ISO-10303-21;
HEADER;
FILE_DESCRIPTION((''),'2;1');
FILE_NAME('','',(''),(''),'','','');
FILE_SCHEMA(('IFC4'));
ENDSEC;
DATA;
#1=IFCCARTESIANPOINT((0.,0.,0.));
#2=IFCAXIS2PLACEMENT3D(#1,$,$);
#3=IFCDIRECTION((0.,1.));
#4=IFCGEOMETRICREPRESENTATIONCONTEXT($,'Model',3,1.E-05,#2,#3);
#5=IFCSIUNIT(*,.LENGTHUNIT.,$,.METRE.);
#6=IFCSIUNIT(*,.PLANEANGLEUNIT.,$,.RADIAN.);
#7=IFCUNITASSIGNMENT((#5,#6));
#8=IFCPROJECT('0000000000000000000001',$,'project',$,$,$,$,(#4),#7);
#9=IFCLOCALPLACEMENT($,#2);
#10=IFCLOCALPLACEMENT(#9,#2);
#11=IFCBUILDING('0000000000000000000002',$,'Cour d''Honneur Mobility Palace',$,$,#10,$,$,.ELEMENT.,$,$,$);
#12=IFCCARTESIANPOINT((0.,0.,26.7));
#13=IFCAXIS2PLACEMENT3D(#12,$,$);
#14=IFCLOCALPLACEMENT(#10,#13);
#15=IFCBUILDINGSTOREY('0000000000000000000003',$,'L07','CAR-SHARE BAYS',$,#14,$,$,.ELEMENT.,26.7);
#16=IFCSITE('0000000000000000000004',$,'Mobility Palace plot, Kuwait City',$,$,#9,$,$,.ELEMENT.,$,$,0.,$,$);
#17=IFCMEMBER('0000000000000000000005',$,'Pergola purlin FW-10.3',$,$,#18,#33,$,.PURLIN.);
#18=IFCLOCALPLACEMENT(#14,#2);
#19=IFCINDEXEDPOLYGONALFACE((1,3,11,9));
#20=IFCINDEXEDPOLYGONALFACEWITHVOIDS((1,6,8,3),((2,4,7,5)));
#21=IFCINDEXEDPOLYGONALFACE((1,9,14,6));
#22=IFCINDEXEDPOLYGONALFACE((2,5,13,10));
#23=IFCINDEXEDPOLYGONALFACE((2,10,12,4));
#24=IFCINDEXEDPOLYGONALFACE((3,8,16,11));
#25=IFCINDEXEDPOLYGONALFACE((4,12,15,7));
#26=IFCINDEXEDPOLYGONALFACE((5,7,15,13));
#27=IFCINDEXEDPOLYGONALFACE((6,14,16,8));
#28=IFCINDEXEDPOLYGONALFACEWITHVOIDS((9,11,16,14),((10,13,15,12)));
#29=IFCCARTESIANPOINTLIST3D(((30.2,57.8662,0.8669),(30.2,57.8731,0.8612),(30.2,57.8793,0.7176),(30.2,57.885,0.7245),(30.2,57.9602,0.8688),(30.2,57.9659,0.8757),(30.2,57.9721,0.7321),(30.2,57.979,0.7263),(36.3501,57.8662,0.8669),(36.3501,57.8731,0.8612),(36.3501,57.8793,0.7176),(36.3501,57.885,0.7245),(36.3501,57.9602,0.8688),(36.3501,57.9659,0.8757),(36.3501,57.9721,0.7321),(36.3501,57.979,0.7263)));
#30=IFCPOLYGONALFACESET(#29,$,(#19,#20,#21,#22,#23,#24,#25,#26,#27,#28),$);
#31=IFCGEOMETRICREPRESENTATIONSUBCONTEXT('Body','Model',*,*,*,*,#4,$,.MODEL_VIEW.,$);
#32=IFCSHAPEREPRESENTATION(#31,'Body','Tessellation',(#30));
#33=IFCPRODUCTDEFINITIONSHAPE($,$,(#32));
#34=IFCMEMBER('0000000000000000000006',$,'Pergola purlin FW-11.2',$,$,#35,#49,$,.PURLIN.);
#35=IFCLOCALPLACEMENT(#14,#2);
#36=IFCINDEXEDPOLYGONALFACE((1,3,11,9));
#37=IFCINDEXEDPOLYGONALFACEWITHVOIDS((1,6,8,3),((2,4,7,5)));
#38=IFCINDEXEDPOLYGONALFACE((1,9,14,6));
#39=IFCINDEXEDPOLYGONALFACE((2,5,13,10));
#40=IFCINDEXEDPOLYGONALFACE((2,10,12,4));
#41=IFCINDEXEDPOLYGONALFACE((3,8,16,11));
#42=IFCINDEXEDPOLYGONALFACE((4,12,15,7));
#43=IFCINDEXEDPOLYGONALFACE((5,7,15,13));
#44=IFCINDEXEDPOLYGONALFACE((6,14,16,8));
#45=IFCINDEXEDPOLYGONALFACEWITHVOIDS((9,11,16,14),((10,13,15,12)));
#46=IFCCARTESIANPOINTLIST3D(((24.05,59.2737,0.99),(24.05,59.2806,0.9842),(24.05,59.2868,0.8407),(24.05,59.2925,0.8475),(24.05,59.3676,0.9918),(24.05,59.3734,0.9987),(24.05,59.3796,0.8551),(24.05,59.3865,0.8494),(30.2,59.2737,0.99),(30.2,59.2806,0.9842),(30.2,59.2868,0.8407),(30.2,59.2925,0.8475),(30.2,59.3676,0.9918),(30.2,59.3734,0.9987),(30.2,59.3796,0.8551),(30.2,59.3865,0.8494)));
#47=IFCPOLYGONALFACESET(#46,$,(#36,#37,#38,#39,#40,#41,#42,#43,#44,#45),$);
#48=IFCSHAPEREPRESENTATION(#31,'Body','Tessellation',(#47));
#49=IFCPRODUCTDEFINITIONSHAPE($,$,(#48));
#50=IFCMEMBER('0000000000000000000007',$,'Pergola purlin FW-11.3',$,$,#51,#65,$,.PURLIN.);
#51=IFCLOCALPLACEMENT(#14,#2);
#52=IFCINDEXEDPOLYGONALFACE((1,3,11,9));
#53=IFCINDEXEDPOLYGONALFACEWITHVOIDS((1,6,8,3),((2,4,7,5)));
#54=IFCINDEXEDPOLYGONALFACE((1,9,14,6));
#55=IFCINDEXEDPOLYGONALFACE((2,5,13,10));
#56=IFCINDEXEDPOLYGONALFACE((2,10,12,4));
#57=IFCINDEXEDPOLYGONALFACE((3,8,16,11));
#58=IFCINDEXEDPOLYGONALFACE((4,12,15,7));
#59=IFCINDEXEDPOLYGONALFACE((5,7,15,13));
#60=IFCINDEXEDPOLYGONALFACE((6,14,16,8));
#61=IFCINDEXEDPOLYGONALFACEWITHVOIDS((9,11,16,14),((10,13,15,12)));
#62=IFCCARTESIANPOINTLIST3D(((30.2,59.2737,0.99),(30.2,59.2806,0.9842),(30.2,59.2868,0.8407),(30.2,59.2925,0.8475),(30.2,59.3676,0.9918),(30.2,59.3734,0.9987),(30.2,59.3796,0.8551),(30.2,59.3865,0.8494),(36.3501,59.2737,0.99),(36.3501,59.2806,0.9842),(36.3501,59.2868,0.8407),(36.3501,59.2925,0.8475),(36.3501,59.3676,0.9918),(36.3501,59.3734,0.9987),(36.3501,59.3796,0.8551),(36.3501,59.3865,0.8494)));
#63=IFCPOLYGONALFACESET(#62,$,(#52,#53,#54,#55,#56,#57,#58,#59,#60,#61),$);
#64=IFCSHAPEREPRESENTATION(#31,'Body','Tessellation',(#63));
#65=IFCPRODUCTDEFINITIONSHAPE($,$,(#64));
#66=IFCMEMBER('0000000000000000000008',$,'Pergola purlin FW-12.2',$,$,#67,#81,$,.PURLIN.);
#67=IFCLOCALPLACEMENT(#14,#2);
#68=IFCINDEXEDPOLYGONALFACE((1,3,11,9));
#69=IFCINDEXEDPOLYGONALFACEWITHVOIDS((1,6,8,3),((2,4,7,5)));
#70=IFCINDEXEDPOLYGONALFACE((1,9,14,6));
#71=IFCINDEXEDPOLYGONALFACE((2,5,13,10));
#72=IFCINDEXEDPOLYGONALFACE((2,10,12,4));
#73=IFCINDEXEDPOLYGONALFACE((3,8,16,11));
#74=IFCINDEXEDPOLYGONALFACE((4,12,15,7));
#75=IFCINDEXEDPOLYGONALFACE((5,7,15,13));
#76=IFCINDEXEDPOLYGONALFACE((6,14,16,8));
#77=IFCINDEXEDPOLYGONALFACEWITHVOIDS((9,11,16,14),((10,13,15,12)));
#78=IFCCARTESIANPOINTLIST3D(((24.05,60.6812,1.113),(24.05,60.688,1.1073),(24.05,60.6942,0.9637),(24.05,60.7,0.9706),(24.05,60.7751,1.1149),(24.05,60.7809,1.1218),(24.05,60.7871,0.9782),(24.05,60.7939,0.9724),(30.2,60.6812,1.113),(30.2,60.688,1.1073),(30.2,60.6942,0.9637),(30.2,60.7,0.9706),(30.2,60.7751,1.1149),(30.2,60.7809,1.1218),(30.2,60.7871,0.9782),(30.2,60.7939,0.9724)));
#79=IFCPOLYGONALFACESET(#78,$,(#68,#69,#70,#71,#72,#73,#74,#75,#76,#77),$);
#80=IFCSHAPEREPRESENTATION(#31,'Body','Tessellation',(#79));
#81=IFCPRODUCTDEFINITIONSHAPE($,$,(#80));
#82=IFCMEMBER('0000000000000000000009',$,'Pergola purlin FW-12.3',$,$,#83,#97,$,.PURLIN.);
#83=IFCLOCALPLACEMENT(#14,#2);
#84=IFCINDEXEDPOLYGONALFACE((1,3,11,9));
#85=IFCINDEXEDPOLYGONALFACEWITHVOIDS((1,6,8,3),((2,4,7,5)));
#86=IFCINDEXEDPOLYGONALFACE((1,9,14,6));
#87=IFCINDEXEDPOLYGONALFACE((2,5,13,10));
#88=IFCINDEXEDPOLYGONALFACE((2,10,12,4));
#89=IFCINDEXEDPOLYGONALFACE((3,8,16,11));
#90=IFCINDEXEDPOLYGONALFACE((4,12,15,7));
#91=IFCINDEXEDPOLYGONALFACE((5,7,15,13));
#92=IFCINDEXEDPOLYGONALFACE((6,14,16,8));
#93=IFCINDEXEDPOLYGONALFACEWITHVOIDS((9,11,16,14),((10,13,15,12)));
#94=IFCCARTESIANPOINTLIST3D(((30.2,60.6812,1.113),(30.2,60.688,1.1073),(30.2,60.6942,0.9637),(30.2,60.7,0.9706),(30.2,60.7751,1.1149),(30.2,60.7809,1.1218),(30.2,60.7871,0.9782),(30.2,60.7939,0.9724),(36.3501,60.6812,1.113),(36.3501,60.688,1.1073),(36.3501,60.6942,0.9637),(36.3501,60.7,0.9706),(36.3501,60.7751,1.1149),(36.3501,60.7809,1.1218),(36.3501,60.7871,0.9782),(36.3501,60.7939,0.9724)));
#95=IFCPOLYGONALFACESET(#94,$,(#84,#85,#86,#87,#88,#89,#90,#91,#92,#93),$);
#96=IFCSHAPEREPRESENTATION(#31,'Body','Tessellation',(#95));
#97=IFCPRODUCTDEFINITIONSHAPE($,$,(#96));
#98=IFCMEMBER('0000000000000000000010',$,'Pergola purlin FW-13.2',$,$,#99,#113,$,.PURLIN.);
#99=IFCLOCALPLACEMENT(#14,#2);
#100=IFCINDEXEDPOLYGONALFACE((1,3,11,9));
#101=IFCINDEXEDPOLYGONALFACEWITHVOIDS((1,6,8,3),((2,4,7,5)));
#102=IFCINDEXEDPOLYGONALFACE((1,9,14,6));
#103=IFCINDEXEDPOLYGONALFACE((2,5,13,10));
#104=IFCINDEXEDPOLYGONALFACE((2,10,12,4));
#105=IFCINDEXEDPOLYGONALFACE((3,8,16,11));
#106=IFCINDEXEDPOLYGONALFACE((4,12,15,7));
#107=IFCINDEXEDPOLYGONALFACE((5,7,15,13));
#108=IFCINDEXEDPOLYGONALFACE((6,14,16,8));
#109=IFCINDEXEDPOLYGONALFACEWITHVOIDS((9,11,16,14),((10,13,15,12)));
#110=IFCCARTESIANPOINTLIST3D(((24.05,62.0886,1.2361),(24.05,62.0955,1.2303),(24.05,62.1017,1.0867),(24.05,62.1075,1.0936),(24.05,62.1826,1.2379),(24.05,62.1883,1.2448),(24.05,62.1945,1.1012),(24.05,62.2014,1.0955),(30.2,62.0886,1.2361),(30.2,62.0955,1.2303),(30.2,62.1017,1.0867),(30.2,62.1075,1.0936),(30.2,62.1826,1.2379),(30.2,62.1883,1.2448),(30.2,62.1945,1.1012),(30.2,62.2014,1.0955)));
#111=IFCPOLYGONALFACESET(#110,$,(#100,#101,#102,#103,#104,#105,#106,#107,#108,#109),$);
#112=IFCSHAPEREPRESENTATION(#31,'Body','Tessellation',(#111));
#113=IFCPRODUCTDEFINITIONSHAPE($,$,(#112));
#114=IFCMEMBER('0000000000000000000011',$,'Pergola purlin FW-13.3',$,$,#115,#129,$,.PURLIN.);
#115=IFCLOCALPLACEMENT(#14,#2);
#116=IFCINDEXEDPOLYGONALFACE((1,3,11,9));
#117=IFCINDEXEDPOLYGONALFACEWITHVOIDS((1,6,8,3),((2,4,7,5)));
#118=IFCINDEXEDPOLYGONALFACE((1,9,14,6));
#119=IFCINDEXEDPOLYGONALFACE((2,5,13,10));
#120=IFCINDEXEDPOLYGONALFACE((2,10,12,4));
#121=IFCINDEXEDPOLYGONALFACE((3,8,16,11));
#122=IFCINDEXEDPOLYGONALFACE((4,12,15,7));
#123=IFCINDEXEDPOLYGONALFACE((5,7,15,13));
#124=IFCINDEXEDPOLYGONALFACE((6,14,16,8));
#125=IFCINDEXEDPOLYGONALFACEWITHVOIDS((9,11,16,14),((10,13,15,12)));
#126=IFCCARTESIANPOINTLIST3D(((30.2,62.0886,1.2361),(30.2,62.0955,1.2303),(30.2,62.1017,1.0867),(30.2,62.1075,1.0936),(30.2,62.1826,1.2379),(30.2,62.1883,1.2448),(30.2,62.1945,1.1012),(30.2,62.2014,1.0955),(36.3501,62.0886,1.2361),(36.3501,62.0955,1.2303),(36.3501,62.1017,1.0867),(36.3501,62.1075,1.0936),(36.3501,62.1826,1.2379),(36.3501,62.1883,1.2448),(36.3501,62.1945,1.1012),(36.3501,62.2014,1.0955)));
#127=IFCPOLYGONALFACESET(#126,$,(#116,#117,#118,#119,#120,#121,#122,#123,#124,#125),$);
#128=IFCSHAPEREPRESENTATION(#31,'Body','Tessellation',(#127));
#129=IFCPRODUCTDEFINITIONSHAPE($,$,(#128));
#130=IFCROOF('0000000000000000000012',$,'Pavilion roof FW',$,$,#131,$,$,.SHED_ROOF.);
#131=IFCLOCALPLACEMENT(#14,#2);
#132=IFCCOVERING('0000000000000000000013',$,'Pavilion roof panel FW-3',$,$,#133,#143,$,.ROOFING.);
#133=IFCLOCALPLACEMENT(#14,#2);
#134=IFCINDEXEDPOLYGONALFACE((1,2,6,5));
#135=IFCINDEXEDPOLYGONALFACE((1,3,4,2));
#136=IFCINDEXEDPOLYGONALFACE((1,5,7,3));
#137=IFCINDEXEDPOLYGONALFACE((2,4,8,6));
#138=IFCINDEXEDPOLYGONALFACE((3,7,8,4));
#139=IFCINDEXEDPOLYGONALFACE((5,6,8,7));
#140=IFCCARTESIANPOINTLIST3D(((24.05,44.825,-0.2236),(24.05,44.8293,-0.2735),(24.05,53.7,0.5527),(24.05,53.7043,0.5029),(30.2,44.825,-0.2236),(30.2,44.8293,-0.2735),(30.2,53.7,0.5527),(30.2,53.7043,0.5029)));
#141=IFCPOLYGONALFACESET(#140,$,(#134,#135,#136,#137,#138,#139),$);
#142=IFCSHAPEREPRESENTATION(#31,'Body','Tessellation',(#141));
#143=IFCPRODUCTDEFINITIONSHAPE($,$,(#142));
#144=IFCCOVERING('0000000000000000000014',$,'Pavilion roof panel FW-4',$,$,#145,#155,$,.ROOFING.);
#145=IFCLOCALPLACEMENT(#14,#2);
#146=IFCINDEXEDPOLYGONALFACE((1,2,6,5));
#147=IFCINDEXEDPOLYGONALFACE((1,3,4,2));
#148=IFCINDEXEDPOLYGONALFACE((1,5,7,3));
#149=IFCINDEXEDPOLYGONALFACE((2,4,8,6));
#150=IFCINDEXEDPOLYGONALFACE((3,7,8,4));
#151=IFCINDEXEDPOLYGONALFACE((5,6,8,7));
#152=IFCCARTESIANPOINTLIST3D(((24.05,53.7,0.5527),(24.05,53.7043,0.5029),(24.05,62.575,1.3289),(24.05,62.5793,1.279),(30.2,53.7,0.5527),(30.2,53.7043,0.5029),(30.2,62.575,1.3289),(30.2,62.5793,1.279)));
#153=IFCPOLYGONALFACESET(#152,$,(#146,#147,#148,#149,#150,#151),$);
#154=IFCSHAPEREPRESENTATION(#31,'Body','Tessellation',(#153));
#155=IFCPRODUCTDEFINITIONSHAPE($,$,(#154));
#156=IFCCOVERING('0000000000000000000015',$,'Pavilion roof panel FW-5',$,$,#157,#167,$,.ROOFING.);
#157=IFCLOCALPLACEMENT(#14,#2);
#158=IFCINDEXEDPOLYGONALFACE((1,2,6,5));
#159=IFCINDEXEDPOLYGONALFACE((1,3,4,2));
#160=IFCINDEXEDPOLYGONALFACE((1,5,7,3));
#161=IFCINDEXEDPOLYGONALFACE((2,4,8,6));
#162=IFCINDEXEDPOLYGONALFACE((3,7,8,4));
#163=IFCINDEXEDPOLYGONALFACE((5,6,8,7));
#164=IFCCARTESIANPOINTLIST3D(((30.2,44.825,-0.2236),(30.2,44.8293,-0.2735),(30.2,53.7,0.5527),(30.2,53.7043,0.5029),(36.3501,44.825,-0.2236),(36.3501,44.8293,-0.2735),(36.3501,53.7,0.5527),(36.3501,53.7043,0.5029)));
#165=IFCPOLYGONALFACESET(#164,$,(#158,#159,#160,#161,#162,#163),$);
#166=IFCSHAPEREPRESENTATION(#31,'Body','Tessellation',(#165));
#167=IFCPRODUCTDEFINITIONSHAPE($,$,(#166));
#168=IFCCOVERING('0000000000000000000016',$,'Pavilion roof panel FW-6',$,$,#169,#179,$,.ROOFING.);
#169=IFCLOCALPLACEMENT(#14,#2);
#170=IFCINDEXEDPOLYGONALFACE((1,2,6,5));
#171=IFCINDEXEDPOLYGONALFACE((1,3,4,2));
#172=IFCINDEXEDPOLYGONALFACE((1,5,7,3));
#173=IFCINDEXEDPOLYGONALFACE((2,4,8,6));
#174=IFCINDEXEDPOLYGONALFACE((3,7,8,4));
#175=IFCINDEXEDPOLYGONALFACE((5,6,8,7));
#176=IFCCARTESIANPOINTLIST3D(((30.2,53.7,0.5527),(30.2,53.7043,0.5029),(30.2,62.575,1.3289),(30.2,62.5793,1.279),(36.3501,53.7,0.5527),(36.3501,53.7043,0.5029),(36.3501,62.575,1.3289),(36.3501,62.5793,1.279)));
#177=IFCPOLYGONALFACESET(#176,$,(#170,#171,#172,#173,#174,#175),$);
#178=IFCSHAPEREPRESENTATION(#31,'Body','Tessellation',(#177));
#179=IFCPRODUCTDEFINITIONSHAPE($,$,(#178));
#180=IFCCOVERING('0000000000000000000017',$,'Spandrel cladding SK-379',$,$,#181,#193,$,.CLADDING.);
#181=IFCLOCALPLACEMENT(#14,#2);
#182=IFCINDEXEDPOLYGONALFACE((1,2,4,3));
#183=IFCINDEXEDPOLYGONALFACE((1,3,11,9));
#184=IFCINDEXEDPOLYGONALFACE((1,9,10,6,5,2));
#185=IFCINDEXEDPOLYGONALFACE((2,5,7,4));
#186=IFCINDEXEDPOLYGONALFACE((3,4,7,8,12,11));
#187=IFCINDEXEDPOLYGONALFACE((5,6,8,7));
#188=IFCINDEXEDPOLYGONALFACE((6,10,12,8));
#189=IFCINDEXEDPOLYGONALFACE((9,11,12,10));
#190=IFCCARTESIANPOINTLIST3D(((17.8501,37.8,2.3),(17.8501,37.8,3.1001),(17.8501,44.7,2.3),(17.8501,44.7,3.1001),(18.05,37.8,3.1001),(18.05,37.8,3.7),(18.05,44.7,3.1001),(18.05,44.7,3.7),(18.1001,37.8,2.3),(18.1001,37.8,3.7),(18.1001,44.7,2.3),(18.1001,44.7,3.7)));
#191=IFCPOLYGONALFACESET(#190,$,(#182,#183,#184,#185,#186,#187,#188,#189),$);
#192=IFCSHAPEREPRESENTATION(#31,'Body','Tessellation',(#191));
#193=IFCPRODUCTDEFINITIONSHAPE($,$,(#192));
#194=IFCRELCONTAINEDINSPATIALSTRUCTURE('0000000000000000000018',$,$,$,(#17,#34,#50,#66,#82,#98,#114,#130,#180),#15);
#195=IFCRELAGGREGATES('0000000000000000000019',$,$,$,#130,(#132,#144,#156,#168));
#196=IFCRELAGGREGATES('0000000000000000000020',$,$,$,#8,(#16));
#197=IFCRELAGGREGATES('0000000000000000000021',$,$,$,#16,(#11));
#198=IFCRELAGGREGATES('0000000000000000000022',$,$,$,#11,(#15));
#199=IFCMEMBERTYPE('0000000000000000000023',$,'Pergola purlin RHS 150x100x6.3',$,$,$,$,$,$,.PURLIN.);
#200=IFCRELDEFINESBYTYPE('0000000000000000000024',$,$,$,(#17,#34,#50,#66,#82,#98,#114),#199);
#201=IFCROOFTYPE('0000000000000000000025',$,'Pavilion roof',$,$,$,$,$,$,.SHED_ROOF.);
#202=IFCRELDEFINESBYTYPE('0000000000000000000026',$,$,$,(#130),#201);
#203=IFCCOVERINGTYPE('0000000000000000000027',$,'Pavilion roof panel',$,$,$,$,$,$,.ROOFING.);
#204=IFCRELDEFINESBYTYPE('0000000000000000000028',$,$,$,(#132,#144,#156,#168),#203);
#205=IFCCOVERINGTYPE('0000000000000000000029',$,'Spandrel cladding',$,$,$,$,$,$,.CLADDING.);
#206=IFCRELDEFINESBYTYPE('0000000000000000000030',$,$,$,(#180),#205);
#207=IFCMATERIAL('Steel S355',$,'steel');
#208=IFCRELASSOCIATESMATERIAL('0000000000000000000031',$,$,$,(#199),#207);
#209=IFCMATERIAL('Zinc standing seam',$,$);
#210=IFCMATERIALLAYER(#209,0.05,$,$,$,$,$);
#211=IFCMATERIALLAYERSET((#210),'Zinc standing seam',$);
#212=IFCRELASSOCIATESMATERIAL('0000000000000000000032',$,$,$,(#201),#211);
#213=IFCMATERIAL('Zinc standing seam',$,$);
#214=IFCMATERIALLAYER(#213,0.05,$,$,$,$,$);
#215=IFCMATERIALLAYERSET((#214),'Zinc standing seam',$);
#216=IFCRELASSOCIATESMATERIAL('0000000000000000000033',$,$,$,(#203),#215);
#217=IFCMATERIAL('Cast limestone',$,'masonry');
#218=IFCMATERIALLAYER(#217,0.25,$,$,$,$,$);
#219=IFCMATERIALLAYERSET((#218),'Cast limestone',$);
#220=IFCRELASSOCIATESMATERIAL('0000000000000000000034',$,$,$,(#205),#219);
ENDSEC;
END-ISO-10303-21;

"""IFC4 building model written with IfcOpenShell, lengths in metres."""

from ifc_helpers import new_model, si_unit, direction, frame, origin, origin_2d, place, context, subcontext, project, spatial, polyline, hollow_rectangle, outline, extrude, material, layer, layer_set, material_profile, profile_set, type_object, element, aggregate, save


model = new_model("IFC4")

# Units and contexts
model_context = context("Model", 3, precision=1e-05, world=origin(), true_north=direction((0.0, 1.0)))
body_context = subcontext(model_context, "Body", "Model", "MODEL_VIEW")
ifc_project = project(units=[si_unit("LENGTHUNIT", "METRE"), si_unit("PLANEANGLEUNIT", "RADIAN")], contexts=[model_context])

# Site, building, storey
site_placement = place(None, origin())
site = spatial("IfcSite", under=ifc_project, at=site_placement, Name="Mobility Palace plot, Kuwait City", CompositionType="ELEMENT", RefElevation=0.0)
building_placement = place(site_placement, origin())
building = spatial("IfcBuilding", under=site, at=building_placement, Name="Cour d'Honneur Mobility Palace", CompositionType="ELEMENT")
storey_placement = place(building_placement, frame((0.0, 0.0, 26.7)))
storey = spatial("IfcBuildingStorey", under=building, at=storey_placement, Name="L07", Description="CAR-SHARE BAYS", CompositionType="ELEMENT", Elevation=26.7)

# Members
ifc_material_1 = material(Name="Steel S355", Category="steel")
ifc_material_profile = material_profile(ifc_material_1, hollow_rectangle(XDim=0.1001, YDim=0.1499, WallThickness=0.0063, at=origin_2d()), Name="RHS 150x100x6.3")
ifc_profile_set = profile_set([ifc_material_profile], Name="Steel S355")
member_type = type_object("IfcMemberType", Name="Pergola purlin RHS 150x100x6.3", PredefinedType="PURLIN", material=ifc_profile_set)
member_1_placement = place(storey_placement, frame((30.2, 57.9226, 0.7966), z_axis=(1.0, 0.0, 0.0), x_axis=(0.0, 0.996197, 0.087131)))
element("IfcMember", 1, at=member_1_placement, inside=storey, type_object=member_type, Name="Pergola purlin FW-10.3", PredefinedType="PURLIN", context=body_context, shape_type="SweptSolid", body=[
    extrude(hollow_rectangle(XDim=0.1001, YDim=0.1499, WallThickness=0.0063, at=origin_2d()), origin(), (0.0, 0.0, 1.0), 6.1501),
])
member_2_placement = place(storey_placement, frame((24.05, 59.3301, 0.9197), z_axis=(1.0, 0.0, 0.0), x_axis=(0.0, 0.996197, 0.087131)))
element("IfcMember", 2, at=member_2_placement, inside=storey, type_object=member_type, Name="Pergola purlin FW-11.2", PredefinedType="PURLIN", context=body_context, shape_type="SweptSolid", body=[
    extrude(hollow_rectangle(XDim=0.1001, YDim=0.1499, WallThickness=0.0063, at=origin_2d()), origin(), (0.0, 0.0, 1.0), 6.1499),
])
member_3_placement = place(storey_placement, frame((30.2, 59.3301, 0.9197), z_axis=(1.0, 0.0, 0.0), x_axis=(0.0, 0.996197, 0.087131)))
element("IfcMember", 3, at=member_3_placement, inside=storey, type_object=member_type, Name="Pergola purlin FW-11.3", PredefinedType="PURLIN", context=body_context, shape_type="SweptSolid", body=[
    extrude(hollow_rectangle(XDim=0.1001, YDim=0.1499, WallThickness=0.0063, at=origin_2d()), origin(), (0.0, 0.0, 1.0), 6.1501),
])
member_4_placement = place(storey_placement, frame((24.05, 60.7375, 1.0427), z_axis=(1.0, 0.0, 0.0), x_axis=(0.0, 0.996197, 0.087131)))
element("IfcMember", 4, at=member_4_placement, inside=storey, type_object=member_type, Name="Pergola purlin FW-12.2", PredefinedType="PURLIN", context=body_context, shape_type="SweptSolid", body=[
    extrude(hollow_rectangle(XDim=0.1001, YDim=0.1499, WallThickness=0.0063, at=origin_2d()), origin(), (0.0, 0.0, 1.0), 6.1499),
])
member_5_placement = place(storey_placement, frame((30.2, 60.7375, 1.0427), z_axis=(1.0, 0.0, 0.0), x_axis=(0.0, 0.996197, 0.087131)))
element("IfcMember", 5, at=member_5_placement, inside=storey, type_object=member_type, Name="Pergola purlin FW-12.3", PredefinedType="PURLIN", context=body_context, shape_type="SweptSolid", body=[
    extrude(hollow_rectangle(XDim=0.1001, YDim=0.1499, WallThickness=0.0063, at=origin_2d()), origin(), (0.0, 0.0, 1.0), 6.1501),
])
member_6_placement = place(storey_placement, frame((24.05, 62.145, 1.1658), z_axis=(1.0, 0.0, 0.0), x_axis=(0.0, 0.996197, 0.087131)))
element("IfcMember", 6, at=member_6_placement, inside=storey, type_object=member_type, Name="Pergola purlin FW-13.2", PredefinedType="PURLIN", context=body_context, shape_type="SweptSolid", body=[
    extrude(hollow_rectangle(XDim=0.1001, YDim=0.1499, WallThickness=0.0063, at=origin_2d()), origin(), (0.0, 0.0, 1.0), 6.1499),
])
member_7_placement = place(storey_placement, frame((30.2, 62.145, 1.1658), z_axis=(1.0, 0.0, 0.0), x_axis=(0.0, 0.996197, 0.087131)))
element("IfcMember", 7, at=member_7_placement, inside=storey, type_object=member_type, Name="Pergola purlin FW-13.3", PredefinedType="PURLIN", context=body_context, shape_type="SweptSolid", body=[
    extrude(hollow_rectangle(XDim=0.1001, YDim=0.1499, WallThickness=0.0063, at=origin_2d()), origin(), (0.0, 0.0, 1.0), 6.1501),
])

# Roof, coverings
ifc_material_2 = material(Name="Zinc standing seam")
ifc_layer_1 = layer(ifc_material_2, 0.05)
ifc_layer_set_1 = layer_set([ifc_layer_1], Name="Zinc standing seam")
roof_type = type_object("IfcRoofType", Name="Pavilion roof", PredefinedType="SHED_ROOF", material=ifc_layer_set_1)
roof_placement = place(storey_placement, origin())
roof = element("IfcRoof", 8, at=roof_placement, inside=storey, type_object=roof_type, Name="Pavilion roof FW", PredefinedType="SHED_ROOF")
ifc_material_3 = material(Name="Zinc standing seam")
ifc_layer_2 = layer(ifc_material_3, 0.05)
ifc_layer_set_2 = layer_set([ifc_layer_2], Name="Zinc standing seam")
covering_type_1 = type_object("IfcCoveringType", Name="Pavilion roof panel", PredefinedType="ROOFING", material=ifc_layer_set_2)
covering_1_placement = place(storey_placement, frame((24.05, 44.825, -0.2236), z_axis=(0.0, -0.087145, 0.996196), x_axis=(1.0, 0.0, 0.0)))
covering_1 = element("IfcCovering", 9, at=covering_1_placement, type_object=covering_type_1, Name="Pavilion roof panel FW-3", PredefinedType="ROOFING", context=body_context, shape_type="SweptSolid", body=[
    extrude(outline(polyline([(0.0, 0.0), (6.1499, 0.0), (6.1499, 8.9089), (0.0, 8.9089), (0.0, 0.0)])), origin(), (0.0, 0.0, -1.0), 0.05),
])
covering_2_placement = place(storey_placement, frame((24.05, 53.7, 0.5527), z_axis=(0.0, -0.087118, 0.996198), x_axis=(1.0, 0.0, 0.0)))
covering_2 = element("IfcCovering", 10, at=covering_2_placement, type_object=covering_type_1, Name="Pavilion roof panel FW-4", PredefinedType="ROOFING", context=body_context, shape_type="SweptSolid", body=[
    extrude(outline(polyline([(0.0, 0.0), (6.1499, 0.0), (6.1499, 8.9089), (0.0, 8.9089), (0.0, 0.0)])), origin(), (0.0, 0.0, -1.0), 0.05),
])
covering_3_placement = place(storey_placement, frame((30.2, 44.825, -0.2236), z_axis=(0.0, -0.087145, 0.996196), x_axis=(1.0, 0.0, 0.0)))
covering_3 = element("IfcCovering", 11, at=covering_3_placement, type_object=covering_type_1, Name="Pavilion roof panel FW-5", PredefinedType="ROOFING", context=body_context, shape_type="SweptSolid", body=[
    extrude(outline(polyline([(0.0, 0.0), (6.1501, 0.0), (6.1501, 8.9089), (0.0, 8.9089), (0.0, 0.0)])), origin(), (0.0, 0.0, -1.0), 0.05),
])
covering_4_placement = place(storey_placement, frame((30.2, 53.7, 0.5527), z_axis=(0.0, -0.087118, 0.996198), x_axis=(1.0, 0.0, 0.0)))
covering_4 = element("IfcCovering", 12, at=covering_4_placement, type_object=covering_type_1, Name="Pavilion roof panel FW-6", PredefinedType="ROOFING", context=body_context, shape_type="SweptSolid", body=[
    extrude(outline(polyline([(0.0, 0.0), (6.1501, 0.0), (6.1501, 8.9089), (0.0, 8.9089), (0.0, 0.0)])), origin(), (0.0, 0.0, -1.0), 0.05),
])
aggregate(roof, [covering_1, covering_2, covering_3, covering_4])

# Covering
ifc_material_4 = material(Name="Cast limestone", Category="masonry")
ifc_layer_3 = layer(ifc_material_4, 0.25)
ifc_layer_set_3 = layer_set([ifc_layer_3], Name="Cast limestone")
covering_type_2 = type_object("IfcCoveringType", Name="Spandrel cladding", PredefinedType="CLADDING", material=ifc_layer_set_3)
covering_5_placement = place(storey_placement, frame((17.8501, 37.8, 2.3), z_axis=(0.0, -1.0, 0.0), x_axis=(1.0, 0.0, 0.0)))
element("IfcCovering", 13, at=covering_5_placement, inside=storey, type_object=covering_type_2, Name="Spandrel cladding SK-379", PredefinedType="CLADDING", context=body_context, shape_type="SweptSolid", body=[
    extrude(outline(polyline([(0.0, 0.0), (0.25, 0.0), (0.25, 1.3999), (0.2, 1.3999), (0.2, 0.8), (0.0, 0.8), (0.0, 0.0)])), origin(), (0.0, 0.0, -1.0), 6.8999),
])

save(model, "model.ifc")
